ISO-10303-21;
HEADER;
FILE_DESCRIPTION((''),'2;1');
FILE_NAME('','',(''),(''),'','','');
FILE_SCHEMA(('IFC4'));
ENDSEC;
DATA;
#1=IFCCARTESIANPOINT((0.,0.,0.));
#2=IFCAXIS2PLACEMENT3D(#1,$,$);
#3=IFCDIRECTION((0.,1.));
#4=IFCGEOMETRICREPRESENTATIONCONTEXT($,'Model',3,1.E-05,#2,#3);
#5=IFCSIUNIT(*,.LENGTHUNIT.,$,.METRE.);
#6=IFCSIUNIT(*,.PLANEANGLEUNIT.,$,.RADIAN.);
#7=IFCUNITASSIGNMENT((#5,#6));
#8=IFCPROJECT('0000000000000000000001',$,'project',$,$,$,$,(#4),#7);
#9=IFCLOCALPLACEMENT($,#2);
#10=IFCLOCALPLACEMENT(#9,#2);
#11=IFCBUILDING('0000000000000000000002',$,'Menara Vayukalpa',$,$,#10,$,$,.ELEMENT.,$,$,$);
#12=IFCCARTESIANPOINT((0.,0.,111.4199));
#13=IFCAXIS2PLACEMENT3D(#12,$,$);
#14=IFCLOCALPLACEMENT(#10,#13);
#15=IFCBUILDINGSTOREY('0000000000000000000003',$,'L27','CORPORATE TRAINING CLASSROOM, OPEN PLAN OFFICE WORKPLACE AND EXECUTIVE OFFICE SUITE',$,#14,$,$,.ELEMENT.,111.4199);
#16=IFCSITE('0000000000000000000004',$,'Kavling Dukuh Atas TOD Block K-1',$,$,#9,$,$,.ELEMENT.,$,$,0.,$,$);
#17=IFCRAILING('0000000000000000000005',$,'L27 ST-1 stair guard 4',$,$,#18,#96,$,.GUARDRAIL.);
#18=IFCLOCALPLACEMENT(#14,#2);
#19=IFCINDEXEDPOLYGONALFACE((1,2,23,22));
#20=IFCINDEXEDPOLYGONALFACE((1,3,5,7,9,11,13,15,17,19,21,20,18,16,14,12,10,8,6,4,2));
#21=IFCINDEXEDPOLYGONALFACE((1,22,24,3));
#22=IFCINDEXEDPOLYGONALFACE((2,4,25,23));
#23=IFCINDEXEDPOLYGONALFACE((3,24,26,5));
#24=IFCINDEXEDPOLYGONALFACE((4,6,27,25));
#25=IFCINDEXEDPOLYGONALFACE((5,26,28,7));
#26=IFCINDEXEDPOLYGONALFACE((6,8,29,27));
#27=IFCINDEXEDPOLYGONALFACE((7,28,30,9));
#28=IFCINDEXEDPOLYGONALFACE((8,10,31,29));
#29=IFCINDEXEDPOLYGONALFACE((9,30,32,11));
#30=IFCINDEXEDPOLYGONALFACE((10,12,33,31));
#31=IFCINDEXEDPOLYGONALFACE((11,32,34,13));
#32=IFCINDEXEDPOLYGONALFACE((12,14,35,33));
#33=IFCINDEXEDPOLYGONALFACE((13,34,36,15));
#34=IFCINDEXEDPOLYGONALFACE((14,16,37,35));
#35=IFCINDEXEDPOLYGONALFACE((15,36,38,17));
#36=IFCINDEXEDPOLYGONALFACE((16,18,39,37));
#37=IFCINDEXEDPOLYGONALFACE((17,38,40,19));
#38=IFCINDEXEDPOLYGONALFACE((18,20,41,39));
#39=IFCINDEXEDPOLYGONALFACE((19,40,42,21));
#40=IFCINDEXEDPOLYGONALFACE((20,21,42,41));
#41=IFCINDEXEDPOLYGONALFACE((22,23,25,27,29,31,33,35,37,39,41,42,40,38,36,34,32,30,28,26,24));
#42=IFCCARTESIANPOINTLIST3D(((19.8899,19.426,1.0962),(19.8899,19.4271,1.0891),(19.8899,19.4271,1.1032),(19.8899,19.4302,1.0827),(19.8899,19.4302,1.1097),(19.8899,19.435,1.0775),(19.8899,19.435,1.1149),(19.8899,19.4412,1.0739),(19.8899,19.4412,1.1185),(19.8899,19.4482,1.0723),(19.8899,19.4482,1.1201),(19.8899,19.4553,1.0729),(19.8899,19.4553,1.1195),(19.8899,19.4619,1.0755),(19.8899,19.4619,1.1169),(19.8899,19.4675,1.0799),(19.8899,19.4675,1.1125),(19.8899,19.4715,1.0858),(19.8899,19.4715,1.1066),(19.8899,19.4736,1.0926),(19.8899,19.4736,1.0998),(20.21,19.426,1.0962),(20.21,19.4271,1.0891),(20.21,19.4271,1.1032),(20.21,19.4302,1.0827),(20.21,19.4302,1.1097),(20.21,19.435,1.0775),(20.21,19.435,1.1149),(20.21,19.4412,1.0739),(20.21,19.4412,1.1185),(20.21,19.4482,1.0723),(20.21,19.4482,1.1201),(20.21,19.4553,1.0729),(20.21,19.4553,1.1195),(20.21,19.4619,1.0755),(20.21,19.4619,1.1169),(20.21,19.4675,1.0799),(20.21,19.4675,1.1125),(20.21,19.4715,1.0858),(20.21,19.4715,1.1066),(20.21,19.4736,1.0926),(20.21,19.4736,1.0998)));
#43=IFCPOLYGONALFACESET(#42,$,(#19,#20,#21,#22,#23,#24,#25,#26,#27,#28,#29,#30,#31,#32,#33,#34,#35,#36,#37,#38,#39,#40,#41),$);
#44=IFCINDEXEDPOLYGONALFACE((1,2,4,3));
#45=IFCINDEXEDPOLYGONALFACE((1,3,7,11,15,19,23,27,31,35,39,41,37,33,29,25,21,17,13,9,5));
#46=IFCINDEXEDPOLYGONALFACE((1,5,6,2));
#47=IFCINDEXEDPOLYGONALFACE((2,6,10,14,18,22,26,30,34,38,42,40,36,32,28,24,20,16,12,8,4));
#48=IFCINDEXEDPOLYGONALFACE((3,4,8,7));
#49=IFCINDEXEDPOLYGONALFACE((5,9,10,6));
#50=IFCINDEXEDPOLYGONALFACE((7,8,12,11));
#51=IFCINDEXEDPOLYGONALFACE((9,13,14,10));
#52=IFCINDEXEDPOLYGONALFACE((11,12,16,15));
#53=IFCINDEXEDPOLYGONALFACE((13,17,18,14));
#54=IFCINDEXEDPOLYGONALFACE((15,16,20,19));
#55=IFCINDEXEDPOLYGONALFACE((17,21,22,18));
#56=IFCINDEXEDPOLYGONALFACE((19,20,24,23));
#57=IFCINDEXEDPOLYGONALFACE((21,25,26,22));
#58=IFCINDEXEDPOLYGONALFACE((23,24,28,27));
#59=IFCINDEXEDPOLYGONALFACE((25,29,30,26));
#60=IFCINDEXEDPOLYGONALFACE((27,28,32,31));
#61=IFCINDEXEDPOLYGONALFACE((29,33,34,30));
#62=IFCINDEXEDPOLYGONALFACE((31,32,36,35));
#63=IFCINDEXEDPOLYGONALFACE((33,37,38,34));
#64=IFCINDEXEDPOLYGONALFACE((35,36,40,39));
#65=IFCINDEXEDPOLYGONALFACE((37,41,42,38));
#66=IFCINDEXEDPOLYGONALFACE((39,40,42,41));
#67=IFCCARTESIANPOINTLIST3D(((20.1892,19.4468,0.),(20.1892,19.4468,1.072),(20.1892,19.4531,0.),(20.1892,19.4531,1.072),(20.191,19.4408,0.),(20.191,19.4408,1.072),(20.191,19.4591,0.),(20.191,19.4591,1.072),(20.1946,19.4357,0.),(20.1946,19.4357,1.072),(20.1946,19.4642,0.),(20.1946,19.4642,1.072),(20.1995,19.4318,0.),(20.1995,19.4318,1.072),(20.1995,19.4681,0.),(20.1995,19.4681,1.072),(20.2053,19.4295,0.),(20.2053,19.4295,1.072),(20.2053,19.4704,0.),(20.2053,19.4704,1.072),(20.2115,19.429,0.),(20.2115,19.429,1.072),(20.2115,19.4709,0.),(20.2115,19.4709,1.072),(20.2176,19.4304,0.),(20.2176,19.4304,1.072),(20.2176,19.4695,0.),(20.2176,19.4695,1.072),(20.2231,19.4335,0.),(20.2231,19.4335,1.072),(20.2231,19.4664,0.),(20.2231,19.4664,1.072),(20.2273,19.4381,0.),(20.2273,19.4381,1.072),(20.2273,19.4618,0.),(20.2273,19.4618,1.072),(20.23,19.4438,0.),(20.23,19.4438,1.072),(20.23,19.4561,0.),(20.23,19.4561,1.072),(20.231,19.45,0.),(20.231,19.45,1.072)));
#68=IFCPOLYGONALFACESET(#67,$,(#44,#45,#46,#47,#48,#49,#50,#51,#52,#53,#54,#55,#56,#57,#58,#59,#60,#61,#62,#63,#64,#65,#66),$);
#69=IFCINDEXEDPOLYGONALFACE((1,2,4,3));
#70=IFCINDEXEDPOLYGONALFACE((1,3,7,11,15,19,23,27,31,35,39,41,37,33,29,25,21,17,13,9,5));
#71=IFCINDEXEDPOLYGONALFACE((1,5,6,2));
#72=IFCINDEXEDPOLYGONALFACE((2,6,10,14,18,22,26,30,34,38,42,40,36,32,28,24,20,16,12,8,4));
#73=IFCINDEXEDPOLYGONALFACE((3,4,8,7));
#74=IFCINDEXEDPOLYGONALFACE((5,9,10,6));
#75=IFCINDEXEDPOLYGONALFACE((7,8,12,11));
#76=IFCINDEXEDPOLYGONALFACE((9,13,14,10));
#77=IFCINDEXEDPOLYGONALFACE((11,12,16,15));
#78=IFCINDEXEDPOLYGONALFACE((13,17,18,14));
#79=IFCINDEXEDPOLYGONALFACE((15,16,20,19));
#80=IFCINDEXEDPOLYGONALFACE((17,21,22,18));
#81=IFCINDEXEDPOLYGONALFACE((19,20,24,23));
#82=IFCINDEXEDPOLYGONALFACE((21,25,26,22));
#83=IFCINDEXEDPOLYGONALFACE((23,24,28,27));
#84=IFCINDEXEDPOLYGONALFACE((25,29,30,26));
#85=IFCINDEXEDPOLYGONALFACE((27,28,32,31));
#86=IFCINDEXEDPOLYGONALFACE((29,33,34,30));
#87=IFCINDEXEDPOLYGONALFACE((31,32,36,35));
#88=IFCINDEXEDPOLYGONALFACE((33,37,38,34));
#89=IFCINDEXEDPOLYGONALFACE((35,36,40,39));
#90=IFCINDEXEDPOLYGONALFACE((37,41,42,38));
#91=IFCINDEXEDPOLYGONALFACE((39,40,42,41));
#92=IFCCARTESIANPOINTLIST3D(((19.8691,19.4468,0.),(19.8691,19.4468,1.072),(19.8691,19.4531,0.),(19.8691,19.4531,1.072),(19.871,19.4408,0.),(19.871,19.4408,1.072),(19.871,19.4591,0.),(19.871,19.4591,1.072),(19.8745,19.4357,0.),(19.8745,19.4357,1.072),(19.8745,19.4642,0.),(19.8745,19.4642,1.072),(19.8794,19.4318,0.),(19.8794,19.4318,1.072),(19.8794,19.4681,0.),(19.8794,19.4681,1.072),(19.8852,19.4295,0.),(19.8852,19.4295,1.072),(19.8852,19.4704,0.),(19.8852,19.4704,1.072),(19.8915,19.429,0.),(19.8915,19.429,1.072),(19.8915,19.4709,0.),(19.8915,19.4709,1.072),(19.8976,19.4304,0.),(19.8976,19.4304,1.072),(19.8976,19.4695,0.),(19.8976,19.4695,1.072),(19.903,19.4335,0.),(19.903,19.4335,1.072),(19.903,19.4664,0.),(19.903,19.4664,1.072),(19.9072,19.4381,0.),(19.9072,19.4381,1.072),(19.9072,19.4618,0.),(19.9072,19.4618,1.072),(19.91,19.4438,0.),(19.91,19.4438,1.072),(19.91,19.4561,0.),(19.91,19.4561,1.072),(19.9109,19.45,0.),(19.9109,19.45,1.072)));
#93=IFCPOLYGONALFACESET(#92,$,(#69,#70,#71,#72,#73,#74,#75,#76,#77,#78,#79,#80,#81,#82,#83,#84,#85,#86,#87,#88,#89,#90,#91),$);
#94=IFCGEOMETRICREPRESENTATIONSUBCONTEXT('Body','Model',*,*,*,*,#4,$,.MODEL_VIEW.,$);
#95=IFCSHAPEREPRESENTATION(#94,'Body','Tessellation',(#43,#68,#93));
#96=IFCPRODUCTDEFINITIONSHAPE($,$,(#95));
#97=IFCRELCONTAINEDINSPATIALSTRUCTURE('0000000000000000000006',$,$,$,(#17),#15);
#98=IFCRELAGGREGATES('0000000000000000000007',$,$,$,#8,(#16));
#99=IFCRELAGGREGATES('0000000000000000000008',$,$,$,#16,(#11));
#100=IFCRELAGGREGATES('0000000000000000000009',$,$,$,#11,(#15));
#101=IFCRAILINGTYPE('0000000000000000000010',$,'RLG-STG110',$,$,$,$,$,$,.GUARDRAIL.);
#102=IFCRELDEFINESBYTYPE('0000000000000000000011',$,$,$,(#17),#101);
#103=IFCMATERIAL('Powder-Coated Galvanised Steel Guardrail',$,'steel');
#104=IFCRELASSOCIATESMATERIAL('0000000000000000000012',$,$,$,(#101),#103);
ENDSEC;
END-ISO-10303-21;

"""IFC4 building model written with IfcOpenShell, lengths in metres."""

from ifc_helpers import new_model, si_unit, direction, frame, origin, origin_2d, place, context, subcontext, project, spatial, circle, extrude, material, type_object, element, save


model = new_model("IFC4")

# Units and contexts
model_context = context("Model", 3, precision=1e-05, world=origin(), true_north=direction((0.0, 1.0)))
body_context = subcontext(model_context, "Body", "Model", "MODEL_VIEW")
ifc_project = project(units=[si_unit("LENGTHUNIT", "METRE"), si_unit("PLANEANGLEUNIT", "RADIAN")], contexts=[model_context])

# Site, building, storey
site_placement = place(None, origin())
site = spatial("IfcSite", under=ifc_project, at=site_placement, Name="Kavling Dukuh Atas TOD Block K-1", CompositionType="ELEMENT", RefElevation=0.0)
building_placement = place(site_placement, origin())
building = spatial("IfcBuilding", under=site, at=building_placement, Name="Menara Vayukalpa", CompositionType="ELEMENT")
storey_placement = place(building_placement, frame((0.0, 0.0, 111.4199)))
storey = spatial("IfcBuildingStorey", under=building, at=storey_placement, Name="L27", Description="CORPORATE TRAINING CLASSROOM, OPEN PLAN OFFICE WORKPLACE AND EXECUTIVE OFFICE SUITE", CompositionType="ELEMENT", Elevation=111.4199)

# Railing
ifc_material_1 = material(Name="Powder-Coated Galvanised Steel Guardrail", Category="steel")
railing_type_1 = type_object("IfcRailingType", Name="RLG-STG110", PredefinedType="GUARDRAIL", material=ifc_material_1)
railing_1_placement = place(storey_placement, frame((20.21, 19.45, 0.0)))
element("IfcRailing", 1, at=railing_1_placement, inside=storey, type_object=railing_type_1, Name="L27 ST-1 stair guard 4", PredefinedType="GUARDRAIL", context=body_context, shape_type="SweptSolid", body=[
    extrude(circle(Radius=0.0239, at=origin_2d()), frame((0.0, 0.0, 1.0962), z_axis=(-1.0, 0.0, 0.0), x_axis=(0.0, -1.0, 0.0)), (0.0, 0.0, 1.0), 0.3201),
    extrude(circle(Radius=0.021, at=origin_2d()), origin(), (0.0, 0.0, 1.0), 1.072),
    extrude(circle(Radius=0.021, at=origin_2d()), frame((-0.3201, 0.0, 0.0)), (0.0, 0.0, 1.0), 1.072),
])

save(model, "model.ifc")
